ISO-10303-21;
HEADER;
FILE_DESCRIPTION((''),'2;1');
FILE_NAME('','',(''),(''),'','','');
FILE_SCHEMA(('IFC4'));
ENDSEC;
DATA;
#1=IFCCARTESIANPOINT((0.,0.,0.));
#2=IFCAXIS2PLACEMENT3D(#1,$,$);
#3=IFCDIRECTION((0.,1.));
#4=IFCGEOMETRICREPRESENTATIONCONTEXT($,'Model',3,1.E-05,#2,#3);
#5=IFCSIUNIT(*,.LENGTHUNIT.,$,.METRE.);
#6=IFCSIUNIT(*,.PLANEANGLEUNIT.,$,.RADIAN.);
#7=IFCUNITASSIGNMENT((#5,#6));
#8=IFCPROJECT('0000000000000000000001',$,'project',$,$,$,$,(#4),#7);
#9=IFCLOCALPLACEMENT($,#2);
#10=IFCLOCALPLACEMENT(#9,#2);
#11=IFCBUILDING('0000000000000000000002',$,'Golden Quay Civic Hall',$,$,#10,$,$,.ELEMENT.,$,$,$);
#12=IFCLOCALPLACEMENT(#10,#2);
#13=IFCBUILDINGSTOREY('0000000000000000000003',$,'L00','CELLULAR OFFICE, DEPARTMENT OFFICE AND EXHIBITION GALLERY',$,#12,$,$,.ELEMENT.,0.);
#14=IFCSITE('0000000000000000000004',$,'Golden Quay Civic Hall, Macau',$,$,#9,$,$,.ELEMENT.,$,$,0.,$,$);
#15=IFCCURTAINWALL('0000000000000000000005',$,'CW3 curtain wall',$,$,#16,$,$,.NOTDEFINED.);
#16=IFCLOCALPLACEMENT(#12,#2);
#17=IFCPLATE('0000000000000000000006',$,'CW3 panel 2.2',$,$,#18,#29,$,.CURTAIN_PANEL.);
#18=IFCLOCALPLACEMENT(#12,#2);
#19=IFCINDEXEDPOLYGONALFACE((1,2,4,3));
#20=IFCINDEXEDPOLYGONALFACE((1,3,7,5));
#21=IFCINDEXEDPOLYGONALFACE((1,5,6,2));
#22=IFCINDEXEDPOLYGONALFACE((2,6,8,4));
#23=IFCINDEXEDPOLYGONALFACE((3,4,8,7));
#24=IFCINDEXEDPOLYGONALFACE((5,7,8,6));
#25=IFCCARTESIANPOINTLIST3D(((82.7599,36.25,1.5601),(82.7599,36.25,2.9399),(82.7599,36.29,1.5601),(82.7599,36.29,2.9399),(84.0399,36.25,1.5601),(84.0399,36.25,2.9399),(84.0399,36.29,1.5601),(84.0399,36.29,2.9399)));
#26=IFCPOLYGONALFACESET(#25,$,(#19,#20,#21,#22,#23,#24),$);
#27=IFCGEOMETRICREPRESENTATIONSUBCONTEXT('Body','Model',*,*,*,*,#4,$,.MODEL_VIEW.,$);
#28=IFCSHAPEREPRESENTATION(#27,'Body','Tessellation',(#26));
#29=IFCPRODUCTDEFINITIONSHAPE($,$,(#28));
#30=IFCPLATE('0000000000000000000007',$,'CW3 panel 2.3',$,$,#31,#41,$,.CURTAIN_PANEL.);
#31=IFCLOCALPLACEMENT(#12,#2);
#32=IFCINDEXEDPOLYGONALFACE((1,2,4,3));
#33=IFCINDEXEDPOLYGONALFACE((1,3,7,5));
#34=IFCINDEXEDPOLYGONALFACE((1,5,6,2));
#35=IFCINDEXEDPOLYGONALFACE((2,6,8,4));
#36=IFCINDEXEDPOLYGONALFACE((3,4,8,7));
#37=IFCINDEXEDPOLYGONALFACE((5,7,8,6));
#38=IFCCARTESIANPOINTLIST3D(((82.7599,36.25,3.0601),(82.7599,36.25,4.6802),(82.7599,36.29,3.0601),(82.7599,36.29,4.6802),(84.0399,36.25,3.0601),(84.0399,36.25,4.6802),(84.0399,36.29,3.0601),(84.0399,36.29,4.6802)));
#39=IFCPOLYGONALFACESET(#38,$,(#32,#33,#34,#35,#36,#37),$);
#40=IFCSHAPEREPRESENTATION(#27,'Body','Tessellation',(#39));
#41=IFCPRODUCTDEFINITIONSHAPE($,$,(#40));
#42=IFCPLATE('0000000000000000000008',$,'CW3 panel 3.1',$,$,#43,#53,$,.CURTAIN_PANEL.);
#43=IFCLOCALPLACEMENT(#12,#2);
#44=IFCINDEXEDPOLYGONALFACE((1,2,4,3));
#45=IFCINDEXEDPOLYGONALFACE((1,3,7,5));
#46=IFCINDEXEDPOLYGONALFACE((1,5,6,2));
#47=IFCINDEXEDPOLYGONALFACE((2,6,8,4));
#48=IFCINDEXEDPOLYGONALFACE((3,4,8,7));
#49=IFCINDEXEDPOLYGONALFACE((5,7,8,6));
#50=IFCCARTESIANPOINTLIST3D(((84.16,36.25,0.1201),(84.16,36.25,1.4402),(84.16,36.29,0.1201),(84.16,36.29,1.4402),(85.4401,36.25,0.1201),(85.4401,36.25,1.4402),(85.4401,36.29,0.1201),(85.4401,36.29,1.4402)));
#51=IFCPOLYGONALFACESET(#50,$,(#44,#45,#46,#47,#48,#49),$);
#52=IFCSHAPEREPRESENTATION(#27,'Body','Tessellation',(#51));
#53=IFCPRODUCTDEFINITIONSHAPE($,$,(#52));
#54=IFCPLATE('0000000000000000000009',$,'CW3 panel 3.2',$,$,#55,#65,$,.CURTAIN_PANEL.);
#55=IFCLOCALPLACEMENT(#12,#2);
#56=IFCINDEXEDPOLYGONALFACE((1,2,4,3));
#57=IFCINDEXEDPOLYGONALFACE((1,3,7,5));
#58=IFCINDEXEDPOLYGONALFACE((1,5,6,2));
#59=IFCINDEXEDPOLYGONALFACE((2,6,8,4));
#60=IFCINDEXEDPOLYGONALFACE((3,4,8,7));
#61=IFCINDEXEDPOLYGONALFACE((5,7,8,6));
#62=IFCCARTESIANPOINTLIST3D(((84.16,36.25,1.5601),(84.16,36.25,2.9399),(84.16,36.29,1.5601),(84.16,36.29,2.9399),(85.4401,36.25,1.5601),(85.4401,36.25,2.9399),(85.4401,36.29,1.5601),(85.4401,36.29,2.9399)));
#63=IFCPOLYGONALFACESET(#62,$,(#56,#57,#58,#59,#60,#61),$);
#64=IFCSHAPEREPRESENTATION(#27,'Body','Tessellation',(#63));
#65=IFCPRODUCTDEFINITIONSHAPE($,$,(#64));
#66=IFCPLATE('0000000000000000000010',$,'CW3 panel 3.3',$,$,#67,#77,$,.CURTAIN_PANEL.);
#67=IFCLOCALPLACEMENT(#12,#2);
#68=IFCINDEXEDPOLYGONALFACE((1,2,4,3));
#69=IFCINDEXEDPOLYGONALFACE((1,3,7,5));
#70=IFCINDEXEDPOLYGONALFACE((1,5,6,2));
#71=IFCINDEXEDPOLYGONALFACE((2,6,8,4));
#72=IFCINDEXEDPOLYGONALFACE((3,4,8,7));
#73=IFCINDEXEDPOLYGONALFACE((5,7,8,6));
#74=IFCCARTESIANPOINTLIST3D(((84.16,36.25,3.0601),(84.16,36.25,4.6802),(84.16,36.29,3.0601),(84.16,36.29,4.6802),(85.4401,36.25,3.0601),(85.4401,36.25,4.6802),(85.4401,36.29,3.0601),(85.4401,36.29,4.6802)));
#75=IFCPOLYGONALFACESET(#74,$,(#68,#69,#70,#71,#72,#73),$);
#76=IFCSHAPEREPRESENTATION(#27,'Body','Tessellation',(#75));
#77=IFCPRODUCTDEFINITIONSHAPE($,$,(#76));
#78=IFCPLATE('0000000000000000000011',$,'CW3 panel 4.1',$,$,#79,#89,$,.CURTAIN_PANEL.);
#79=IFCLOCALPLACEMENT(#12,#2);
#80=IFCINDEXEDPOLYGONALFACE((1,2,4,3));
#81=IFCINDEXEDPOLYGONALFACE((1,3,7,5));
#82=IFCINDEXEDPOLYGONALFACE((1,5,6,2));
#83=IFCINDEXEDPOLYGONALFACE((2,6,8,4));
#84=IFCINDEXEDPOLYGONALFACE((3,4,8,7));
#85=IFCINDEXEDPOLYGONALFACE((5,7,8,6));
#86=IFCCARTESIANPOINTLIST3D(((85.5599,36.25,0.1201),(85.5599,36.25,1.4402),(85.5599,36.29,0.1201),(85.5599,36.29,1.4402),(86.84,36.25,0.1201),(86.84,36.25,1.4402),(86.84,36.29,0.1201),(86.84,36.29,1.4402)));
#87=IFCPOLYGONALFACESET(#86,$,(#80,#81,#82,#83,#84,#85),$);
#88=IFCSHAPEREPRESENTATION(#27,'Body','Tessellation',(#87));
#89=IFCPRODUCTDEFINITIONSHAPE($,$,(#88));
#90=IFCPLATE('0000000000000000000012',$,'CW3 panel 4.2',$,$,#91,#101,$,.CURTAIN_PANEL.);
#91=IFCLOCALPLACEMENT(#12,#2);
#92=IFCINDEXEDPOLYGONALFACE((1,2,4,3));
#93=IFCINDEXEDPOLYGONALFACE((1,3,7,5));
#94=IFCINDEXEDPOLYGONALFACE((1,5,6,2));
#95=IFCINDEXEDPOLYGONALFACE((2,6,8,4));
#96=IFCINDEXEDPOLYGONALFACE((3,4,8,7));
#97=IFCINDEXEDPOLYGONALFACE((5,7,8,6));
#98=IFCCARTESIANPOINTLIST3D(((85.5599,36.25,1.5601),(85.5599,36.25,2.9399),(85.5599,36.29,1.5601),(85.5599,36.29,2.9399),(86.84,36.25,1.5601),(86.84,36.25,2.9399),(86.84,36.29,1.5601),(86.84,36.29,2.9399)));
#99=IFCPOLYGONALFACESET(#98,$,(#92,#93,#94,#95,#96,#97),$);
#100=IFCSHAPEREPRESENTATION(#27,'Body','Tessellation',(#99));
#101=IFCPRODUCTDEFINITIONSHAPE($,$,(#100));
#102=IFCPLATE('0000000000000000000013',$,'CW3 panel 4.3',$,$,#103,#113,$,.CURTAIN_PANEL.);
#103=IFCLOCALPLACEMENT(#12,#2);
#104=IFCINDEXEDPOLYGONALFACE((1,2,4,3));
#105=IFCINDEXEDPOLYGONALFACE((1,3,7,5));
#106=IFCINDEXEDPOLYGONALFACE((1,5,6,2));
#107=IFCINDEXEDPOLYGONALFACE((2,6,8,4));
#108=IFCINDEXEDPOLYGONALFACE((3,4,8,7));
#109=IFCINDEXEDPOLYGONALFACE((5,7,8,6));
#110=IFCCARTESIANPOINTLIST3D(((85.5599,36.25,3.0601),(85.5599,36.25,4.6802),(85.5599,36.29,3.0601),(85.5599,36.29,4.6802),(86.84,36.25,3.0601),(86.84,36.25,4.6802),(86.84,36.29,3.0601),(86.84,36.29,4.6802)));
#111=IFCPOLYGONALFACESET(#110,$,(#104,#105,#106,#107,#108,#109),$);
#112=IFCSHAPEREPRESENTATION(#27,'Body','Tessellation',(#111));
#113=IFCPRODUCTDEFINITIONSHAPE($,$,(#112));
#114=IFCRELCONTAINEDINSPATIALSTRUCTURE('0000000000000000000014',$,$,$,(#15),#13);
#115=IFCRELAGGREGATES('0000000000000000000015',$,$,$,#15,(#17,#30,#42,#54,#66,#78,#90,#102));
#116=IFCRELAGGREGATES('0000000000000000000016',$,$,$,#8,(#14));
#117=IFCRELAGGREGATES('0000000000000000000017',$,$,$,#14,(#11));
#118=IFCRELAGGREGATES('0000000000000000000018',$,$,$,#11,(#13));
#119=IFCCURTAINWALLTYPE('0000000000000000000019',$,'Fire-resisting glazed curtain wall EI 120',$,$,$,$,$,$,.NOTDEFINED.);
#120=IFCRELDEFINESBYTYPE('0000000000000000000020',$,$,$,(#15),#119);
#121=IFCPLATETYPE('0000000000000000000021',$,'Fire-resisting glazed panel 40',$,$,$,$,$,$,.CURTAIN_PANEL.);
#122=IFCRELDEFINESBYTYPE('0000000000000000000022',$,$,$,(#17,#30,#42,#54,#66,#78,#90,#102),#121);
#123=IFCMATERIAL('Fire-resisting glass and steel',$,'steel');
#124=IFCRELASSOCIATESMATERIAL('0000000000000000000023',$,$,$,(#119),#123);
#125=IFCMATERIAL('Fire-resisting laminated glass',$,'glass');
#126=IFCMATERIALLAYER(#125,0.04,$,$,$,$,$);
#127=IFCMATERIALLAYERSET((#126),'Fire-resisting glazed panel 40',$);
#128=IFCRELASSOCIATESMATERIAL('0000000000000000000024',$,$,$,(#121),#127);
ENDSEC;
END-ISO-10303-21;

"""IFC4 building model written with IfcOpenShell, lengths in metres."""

from ifc_helpers import new_model, si_unit, direction, frame, origin, origin_2d, place, context, subcontext, project, spatial, rectangle, extrude, material, layer, layer_set, type_object, element, aggregate, save


model = new_model("IFC4")

# Units and contexts
model_context = context("Model", 3, precision=1e-05, world=origin(), true_north=direction((0.0, 1.0)))
body_context = subcontext(model_context, "Body", "Model", "MODEL_VIEW")
ifc_project = project(units=[si_unit("LENGTHUNIT", "METRE"), si_unit("PLANEANGLEUNIT", "RADIAN")], contexts=[model_context])

# Site, building, storey
site_placement = place(None, origin())
site = spatial("IfcSite", under=ifc_project, at=site_placement, Name="Golden Quay Civic Hall, Macau", CompositionType="ELEMENT", RefElevation=0.0)
building_placement = place(site_placement, origin())
building = spatial("IfcBuilding", under=site, at=building_placement, Name="Golden Quay Civic Hall", CompositionType="ELEMENT")
storey_placement = place(building_placement, origin())
storey = spatial("IfcBuildingStorey", under=building, at=storey_placement, Name="L00", Description="CELLULAR OFFICE, DEPARTMENT OFFICE AND EXHIBITION GALLERY", CompositionType="ELEMENT", Elevation=0.0)

# Curtain wall, plates
ifc_material_1 = material(Name="Fire-resisting glass and steel", Category="steel")
curtain_wall_type = type_object("IfcCurtainWallType", Name="Fire-resisting glazed curtain wall EI 120", PredefinedType="NOTDEFINED", material=ifc_material_1)
curtain_wall_placement = place(storey_placement, origin())
curtain_wall = element("IfcCurtainWall", 1, at=curtain_wall_placement, inside=storey, type_object=curtain_wall_type, Name="CW3 curtain wall", PredefinedType="NOTDEFINED")
ifc_material_2 = material(Name="Fire-resisting laminated glass", Category="glass")
ifc_layer = layer(ifc_material_2, 0.04)
ifc_layer_set = layer_set([ifc_layer], Name="Fire-resisting glazed panel 40")
plate_type = type_object("IfcPlateType", Name="Fire-resisting glazed panel 40", PredefinedType="CURTAIN_PANEL", material=ifc_layer_set)
plate_1_placement = place(storey_placement, frame((83.3999, 36.27, 1.5601), z_axis=(0.0, 0.0, 1.0), x_axis=(1.0, 0.0, 0.0)))
plate_1 = element("IfcPlate", 2, at=plate_1_placement, type_object=plate_type, Name="CW3 panel 2.2", PredefinedType="CURTAIN_PANEL", context=body_context, shape_type="SweptSolid", body=[
    extrude(rectangle(XDim=1.28, YDim=0.04, at=origin_2d()), origin(), (0.0, 0.0, 1.0), 1.3799),
])
plate_2_placement = place(storey_placement, frame((83.3999, 36.27, 3.0601), z_axis=(0.0, 0.0, 1.0), x_axis=(1.0, 0.0, 0.0)))
plate_2 = element("IfcPlate", 3, at=plate_2_placement, type_object=plate_type, Name="CW3 panel 2.3", PredefinedType="CURTAIN_PANEL", context=body_context, shape_type="SweptSolid", body=[
    extrude(rectangle(XDim=1.28, YDim=0.04, at=origin_2d()), origin(), (0.0, 0.0, 1.0), 1.6201),
])
plate_3_placement = place(storey_placement, frame((84.8, 36.27, 0.1201), z_axis=(0.0, 0.0, 1.0), x_axis=(1.0, 0.0, 0.0)))
plate_3 = element("IfcPlate", 4, at=plate_3_placement, type_object=plate_type, Name="CW3 panel 3.1", PredefinedType="CURTAIN_PANEL", context=body_context, shape_type="SweptSolid", body=[
    extrude(rectangle(XDim=1.28, YDim=0.04, at=origin_2d()), origin(), (0.0, 0.0, 1.0), 1.3201),
])
plate_4_placement = place(storey_placement, frame((84.8, 36.27, 1.5601), z_axis=(0.0, 0.0, 1.0), x_axis=(1.0, 0.0, 0.0)))
plate_4 = element("IfcPlate", 5, at=plate_4_placement, type_object=plate_type, Name="CW3 panel 3.2", PredefinedType="CURTAIN_PANEL", context=body_context, shape_type="SweptSolid", body=[
    extrude(rectangle(XDim=1.28, YDim=0.04, at=origin_2d()), origin(), (0.0, 0.0, 1.0), 1.3799),
])
plate_5_placement = place(storey_placement, frame((84.8, 36.27, 3.0601), z_axis=(0.0, 0.0, 1.0), x_axis=(1.0, 0.0, 0.0)))
plate_5 = element("IfcPlate", 6, at=plate_5_placement, type_object=plate_type, Name="CW3 panel 3.3", PredefinedType="CURTAIN_PANEL", context=body_context, shape_type="SweptSolid", body=[
    extrude(rectangle(XDim=1.28, YDim=0.04, at=origin_2d()), origin(), (0.0, 0.0, 1.0), 1.6201),
])
plate_6_placement = place(storey_placement, frame((86.2, 36.27, 0.1201), z_axis=(0.0, 0.0, 1.0), x_axis=(1.0, 0.0, 0.0)))
plate_6 = element("IfcPlate", 7, at=plate_6_placement, type_object=plate_type, Name="CW3 panel 4.1", PredefinedType="CURTAIN_PANEL", context=body_context, shape_type="SweptSolid", body=[
    extrude(rectangle(XDim=1.28, YDim=0.04, at=origin_2d()), origin(), (0.0, 0.0, 1.0), 1.3201),
])
plate_7_placement = place(storey_placement, frame((86.2, 36.27, 1.5601), z_axis=(0.0, 0.0, 1.0), x_axis=(1.0, 0.0, 0.0)))
plate_7 = element("IfcPlate", 8, at=plate_7_placement, type_object=plate_type, Name="CW3 panel 4.2", PredefinedType="CURTAIN_PANEL", context=body_context, shape_type="SweptSolid", body=[
    extrude(rectangle(XDim=1.28, YDim=0.04, at=origin_2d()), origin(), (0.0, 0.0, 1.0), 1.3799),
])
plate_8_placement = place(storey_placement, frame((86.2, 36.27, 3.0601), z_axis=(0.0, 0.0, 1.0), x_axis=(1.0, 0.0, 0.0)))
plate_8 = element("IfcPlate", 9, at=plate_8_placement, type_object=plate_type, Name="CW3 panel 4.3", PredefinedType="CURTAIN_PANEL", context=body_context, shape_type="SweptSolid", body=[
    extrude(rectangle(XDim=1.28, YDim=0.04, at=origin_2d()), origin(), (0.0, 0.0, 1.0), 1.6201),
])
aggregate(curtain_wall, [plate_1, plate_2, plate_3, plate_4, plate_5, plate_6, plate_7, plate_8])

save(model, "model.ifc")
